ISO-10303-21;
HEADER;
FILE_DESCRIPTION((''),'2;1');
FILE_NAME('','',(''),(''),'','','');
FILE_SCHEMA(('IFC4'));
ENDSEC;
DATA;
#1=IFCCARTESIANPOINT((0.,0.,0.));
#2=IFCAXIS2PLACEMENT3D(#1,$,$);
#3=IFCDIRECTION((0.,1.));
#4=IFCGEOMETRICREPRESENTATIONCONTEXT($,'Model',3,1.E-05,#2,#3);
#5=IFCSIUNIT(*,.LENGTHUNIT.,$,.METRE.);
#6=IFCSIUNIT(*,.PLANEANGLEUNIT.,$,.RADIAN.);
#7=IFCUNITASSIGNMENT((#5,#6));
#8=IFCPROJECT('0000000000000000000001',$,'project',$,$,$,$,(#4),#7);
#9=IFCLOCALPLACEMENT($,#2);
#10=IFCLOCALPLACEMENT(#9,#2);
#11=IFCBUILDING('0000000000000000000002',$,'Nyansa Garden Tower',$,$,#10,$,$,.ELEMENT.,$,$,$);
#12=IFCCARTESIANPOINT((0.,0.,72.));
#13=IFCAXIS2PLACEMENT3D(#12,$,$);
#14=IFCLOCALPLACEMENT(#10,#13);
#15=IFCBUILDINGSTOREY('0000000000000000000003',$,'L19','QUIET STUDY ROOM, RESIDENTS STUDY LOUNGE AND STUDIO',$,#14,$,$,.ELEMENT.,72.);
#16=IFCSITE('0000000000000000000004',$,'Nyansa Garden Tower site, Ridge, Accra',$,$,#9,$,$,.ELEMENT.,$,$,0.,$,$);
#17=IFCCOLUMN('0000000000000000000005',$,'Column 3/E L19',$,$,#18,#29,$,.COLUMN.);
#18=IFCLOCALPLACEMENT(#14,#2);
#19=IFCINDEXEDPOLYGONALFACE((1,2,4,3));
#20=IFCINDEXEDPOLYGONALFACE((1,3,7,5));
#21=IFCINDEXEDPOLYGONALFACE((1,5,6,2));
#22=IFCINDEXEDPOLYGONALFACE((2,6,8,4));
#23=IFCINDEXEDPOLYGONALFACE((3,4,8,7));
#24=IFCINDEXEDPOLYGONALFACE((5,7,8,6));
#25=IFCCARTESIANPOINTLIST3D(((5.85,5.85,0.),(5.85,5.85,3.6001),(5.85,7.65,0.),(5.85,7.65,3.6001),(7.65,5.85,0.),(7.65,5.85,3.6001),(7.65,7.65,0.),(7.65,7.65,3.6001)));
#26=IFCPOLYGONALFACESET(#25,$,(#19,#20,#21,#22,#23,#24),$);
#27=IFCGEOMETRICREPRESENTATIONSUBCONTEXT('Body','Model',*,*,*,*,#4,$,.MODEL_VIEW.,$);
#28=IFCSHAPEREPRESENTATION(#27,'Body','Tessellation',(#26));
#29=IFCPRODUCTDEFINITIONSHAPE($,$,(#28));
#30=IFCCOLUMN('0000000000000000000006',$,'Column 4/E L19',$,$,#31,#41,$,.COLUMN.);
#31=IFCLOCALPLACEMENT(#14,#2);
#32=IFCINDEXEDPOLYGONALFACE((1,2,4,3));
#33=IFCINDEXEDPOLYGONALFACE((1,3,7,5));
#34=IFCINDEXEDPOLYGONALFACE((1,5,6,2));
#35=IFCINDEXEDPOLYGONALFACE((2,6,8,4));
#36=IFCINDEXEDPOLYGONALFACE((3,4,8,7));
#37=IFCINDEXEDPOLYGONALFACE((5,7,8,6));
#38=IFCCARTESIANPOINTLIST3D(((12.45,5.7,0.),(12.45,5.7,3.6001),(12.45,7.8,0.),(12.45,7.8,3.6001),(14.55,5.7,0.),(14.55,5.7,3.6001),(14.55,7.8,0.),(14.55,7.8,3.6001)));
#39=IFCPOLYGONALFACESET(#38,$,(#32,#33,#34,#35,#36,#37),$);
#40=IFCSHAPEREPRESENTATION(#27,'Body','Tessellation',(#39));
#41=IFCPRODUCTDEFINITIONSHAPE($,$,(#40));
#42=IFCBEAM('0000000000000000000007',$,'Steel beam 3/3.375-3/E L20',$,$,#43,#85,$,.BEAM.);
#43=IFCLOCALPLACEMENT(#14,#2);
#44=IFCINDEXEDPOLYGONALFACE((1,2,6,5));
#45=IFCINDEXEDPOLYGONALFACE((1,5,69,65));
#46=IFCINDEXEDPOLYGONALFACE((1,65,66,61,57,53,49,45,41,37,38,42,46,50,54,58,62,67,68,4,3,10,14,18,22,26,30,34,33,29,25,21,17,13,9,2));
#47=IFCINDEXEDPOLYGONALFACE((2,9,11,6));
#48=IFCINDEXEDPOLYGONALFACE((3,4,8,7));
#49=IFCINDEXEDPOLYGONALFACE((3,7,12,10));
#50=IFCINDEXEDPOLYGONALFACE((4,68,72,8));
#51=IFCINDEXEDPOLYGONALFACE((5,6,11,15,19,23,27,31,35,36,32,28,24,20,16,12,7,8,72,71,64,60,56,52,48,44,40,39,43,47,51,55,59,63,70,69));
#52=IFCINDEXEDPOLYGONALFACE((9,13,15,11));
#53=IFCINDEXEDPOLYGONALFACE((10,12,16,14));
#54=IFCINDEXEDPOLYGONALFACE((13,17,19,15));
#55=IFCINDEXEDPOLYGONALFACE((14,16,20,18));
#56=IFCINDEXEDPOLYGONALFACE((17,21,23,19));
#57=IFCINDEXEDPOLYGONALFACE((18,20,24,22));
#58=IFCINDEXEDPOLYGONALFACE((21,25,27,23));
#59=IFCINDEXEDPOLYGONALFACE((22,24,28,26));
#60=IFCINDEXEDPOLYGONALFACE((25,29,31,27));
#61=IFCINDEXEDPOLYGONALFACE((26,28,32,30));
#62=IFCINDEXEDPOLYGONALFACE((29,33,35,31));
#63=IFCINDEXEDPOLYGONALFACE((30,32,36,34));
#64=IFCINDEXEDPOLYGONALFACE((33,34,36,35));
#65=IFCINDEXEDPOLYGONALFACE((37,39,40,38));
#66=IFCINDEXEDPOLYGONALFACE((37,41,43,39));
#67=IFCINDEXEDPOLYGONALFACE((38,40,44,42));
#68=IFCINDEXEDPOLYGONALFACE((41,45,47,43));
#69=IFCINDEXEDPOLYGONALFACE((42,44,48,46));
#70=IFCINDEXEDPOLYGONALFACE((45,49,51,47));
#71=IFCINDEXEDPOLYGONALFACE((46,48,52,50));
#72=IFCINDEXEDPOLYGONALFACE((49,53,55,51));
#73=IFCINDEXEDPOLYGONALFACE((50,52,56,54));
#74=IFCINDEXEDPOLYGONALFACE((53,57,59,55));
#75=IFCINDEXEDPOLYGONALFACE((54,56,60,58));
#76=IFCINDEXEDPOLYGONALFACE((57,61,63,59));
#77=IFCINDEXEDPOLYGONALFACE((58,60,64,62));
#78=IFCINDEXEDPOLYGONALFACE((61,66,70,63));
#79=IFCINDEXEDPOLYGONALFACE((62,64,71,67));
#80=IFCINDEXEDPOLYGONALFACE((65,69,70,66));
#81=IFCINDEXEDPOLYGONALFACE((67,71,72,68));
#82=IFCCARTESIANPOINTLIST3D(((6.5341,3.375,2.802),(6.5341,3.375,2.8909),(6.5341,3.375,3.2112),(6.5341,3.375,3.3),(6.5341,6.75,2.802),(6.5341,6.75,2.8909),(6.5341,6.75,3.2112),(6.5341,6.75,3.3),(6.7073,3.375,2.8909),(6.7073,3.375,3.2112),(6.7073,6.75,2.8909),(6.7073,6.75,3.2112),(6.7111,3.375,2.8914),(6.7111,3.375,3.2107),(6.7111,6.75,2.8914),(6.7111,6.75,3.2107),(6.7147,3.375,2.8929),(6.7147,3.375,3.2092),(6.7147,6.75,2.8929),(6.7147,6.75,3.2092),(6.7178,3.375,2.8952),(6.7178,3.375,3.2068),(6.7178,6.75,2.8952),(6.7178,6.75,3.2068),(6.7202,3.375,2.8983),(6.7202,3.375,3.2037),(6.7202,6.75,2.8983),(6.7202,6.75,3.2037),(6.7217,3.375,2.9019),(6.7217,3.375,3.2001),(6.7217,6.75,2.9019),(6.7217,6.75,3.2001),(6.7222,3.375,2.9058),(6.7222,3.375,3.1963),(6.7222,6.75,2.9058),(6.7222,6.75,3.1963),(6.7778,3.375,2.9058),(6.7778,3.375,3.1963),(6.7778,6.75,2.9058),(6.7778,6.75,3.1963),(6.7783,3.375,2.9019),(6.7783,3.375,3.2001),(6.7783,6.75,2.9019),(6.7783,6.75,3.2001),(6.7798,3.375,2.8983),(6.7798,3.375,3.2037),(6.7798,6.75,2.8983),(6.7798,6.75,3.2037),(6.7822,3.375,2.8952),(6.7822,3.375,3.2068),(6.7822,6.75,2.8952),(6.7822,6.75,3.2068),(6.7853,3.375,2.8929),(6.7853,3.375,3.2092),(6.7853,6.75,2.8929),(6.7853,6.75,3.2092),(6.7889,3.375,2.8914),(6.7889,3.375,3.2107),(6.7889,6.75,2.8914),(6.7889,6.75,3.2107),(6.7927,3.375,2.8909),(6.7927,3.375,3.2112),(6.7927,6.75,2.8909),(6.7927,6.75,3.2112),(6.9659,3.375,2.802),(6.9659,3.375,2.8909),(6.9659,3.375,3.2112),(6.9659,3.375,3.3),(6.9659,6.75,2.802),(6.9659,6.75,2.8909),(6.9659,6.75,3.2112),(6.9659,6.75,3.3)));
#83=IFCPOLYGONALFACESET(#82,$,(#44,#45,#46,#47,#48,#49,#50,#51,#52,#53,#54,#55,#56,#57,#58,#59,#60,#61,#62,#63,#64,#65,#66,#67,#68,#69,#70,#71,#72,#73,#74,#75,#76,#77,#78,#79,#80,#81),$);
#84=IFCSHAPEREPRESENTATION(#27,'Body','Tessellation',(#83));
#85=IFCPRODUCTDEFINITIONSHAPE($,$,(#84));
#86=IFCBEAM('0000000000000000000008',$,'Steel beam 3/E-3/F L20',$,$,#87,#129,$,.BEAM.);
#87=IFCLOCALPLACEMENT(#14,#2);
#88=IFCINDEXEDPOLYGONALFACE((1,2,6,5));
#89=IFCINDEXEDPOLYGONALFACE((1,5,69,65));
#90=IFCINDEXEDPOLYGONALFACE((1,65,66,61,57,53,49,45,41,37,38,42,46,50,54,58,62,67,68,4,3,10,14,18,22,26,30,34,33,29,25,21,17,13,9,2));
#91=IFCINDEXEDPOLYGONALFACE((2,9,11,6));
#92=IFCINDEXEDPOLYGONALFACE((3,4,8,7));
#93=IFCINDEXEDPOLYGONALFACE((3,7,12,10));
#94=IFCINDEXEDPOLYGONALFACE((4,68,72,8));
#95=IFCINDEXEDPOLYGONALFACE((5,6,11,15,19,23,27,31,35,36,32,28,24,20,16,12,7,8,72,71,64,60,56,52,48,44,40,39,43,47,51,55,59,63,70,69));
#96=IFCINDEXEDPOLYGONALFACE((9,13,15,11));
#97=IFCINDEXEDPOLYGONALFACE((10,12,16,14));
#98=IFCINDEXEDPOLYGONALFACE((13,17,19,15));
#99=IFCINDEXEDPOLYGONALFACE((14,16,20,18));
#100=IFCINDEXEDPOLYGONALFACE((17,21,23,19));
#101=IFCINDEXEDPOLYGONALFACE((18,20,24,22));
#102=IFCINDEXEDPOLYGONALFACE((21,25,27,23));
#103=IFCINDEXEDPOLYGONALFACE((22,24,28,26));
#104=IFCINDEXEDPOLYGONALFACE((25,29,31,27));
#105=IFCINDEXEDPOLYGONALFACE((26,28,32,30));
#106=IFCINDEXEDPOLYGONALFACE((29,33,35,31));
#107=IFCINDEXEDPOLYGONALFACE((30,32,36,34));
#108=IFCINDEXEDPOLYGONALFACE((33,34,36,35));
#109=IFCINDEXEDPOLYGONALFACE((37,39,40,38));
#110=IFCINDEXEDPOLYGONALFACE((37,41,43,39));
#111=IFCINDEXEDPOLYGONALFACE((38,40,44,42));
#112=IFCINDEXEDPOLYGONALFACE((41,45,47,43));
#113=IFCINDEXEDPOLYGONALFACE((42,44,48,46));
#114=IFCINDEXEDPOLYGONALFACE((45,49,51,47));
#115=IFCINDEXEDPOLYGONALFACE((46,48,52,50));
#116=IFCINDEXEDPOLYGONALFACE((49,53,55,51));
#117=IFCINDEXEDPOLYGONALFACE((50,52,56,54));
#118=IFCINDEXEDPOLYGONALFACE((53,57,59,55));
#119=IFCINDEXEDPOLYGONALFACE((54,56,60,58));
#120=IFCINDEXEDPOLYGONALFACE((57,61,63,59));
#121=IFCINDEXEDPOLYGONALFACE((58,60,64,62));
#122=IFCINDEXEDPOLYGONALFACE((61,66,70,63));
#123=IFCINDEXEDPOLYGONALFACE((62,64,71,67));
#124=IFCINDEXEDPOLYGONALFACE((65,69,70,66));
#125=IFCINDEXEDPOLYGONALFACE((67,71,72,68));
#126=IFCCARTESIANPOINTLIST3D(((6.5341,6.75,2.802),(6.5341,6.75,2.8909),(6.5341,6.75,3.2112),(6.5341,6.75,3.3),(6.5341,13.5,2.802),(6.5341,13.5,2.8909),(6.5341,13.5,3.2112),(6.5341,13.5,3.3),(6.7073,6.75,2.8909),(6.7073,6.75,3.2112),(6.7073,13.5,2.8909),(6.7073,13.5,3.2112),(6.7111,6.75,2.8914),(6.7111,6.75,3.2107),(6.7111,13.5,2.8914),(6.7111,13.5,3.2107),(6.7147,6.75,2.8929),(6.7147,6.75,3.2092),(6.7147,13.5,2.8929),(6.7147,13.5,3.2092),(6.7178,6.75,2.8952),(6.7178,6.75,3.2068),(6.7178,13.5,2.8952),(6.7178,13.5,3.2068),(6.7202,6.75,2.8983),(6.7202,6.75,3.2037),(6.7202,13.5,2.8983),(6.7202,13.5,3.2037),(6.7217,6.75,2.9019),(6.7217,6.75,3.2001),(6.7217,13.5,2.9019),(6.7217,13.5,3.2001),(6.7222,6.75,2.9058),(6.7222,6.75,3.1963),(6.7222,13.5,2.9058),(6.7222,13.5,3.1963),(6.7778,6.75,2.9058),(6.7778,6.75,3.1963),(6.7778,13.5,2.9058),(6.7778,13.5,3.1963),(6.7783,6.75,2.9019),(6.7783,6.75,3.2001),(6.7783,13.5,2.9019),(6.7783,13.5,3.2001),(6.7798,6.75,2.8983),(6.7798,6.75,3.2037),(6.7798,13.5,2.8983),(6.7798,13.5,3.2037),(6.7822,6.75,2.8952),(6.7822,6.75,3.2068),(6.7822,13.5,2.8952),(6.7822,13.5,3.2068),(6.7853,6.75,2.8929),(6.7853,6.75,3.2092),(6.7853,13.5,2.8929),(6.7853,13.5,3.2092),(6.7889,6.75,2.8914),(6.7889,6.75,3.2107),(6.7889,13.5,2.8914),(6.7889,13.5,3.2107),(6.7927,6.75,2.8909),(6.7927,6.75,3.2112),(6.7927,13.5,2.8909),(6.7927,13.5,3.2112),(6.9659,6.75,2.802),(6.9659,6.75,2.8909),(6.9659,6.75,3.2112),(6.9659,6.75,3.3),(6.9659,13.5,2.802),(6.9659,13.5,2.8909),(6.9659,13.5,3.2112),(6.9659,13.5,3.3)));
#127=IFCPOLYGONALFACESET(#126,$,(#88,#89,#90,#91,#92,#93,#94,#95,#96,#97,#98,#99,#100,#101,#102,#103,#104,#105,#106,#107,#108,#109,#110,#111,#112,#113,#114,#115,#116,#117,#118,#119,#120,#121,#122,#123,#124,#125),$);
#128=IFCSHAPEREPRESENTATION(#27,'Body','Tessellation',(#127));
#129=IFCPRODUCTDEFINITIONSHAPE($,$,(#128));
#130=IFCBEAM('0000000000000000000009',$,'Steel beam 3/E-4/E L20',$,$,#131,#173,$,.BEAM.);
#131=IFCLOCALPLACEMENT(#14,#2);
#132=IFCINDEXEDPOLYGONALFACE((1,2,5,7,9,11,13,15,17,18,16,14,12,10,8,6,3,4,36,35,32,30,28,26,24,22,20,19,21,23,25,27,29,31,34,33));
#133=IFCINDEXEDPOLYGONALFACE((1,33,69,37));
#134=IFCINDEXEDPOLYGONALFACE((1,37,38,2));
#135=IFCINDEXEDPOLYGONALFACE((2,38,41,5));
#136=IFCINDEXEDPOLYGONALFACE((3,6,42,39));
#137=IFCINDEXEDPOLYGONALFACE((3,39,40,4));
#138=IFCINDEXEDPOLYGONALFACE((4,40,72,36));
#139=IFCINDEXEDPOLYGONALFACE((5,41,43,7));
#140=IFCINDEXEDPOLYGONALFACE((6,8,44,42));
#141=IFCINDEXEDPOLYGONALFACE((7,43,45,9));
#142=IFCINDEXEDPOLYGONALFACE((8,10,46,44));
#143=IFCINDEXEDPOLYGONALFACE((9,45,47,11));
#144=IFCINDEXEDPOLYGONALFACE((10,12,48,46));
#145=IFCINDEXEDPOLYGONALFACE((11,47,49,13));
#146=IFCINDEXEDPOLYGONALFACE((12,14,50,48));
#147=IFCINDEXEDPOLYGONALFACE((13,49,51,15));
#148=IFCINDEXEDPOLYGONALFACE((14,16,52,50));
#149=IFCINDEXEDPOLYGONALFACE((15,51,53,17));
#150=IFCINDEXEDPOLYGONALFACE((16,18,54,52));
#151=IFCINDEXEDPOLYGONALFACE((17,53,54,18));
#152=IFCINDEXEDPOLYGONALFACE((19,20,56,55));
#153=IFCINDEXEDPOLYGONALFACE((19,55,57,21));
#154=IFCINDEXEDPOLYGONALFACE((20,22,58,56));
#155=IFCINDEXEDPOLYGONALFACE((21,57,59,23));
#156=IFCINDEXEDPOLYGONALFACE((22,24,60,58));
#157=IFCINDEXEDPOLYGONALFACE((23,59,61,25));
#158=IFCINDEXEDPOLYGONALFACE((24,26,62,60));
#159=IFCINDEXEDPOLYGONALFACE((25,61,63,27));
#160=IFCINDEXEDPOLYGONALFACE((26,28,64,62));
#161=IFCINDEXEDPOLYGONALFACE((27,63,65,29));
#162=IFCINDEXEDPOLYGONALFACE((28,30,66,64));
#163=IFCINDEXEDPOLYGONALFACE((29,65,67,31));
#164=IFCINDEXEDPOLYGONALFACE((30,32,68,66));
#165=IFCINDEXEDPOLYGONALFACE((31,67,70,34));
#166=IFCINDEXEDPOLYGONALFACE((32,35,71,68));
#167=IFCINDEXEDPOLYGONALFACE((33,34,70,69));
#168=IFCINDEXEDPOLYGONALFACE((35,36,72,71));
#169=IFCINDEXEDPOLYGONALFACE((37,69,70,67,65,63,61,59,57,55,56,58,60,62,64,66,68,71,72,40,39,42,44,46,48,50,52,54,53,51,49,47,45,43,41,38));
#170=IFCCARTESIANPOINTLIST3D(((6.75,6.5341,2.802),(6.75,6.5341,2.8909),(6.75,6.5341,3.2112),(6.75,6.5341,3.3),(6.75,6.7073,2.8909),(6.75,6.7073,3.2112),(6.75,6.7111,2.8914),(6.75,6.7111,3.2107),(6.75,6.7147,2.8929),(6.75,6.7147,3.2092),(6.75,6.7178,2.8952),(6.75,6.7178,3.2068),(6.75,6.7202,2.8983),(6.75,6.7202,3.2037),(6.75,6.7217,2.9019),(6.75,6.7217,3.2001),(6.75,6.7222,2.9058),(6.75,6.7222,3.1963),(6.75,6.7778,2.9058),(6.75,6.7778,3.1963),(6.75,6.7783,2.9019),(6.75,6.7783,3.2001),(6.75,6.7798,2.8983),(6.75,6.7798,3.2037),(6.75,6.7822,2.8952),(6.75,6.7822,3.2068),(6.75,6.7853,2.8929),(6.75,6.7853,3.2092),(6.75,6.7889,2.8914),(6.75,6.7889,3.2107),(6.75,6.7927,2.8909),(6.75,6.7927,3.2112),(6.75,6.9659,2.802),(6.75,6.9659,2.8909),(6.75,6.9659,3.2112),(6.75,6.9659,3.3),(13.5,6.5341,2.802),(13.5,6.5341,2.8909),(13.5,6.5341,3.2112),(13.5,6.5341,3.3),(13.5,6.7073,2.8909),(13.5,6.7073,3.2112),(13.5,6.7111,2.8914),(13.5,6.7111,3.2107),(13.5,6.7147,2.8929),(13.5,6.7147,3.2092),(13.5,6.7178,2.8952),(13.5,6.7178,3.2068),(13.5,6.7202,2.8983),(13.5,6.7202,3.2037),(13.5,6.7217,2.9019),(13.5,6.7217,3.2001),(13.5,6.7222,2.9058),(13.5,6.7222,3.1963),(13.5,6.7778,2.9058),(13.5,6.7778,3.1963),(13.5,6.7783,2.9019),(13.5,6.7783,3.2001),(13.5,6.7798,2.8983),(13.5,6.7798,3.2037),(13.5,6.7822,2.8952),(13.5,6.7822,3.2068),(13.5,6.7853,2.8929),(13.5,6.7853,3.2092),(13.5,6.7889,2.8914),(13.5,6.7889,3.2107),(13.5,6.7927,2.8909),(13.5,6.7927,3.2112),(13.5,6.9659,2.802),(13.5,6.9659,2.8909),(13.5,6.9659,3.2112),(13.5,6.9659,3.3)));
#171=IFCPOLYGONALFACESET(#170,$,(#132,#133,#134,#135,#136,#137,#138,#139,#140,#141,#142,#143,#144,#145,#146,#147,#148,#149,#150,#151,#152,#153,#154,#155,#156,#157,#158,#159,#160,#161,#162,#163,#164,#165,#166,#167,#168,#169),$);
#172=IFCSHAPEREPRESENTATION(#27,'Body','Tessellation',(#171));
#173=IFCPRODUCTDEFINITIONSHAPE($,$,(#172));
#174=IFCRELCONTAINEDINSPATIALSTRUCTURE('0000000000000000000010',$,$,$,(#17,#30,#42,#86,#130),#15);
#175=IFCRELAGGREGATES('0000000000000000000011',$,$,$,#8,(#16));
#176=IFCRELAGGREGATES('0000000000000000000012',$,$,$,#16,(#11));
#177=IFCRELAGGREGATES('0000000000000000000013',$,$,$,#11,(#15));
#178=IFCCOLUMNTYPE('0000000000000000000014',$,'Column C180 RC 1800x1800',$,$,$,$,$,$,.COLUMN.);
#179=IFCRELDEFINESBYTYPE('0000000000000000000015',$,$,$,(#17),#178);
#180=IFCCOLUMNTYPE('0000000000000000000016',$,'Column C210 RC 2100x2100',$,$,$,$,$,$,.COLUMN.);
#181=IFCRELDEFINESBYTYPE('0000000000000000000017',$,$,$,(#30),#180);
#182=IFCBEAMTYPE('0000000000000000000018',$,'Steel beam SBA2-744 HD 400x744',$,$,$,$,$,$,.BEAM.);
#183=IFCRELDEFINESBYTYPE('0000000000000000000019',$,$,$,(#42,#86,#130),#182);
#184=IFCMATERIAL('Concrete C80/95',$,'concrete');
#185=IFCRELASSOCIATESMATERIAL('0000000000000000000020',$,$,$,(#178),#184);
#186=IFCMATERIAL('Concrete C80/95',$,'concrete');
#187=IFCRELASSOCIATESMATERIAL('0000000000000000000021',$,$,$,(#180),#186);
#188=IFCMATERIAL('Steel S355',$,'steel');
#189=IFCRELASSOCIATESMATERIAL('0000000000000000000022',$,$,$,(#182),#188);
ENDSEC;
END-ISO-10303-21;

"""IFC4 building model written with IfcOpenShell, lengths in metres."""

from ifc_helpers import new_model, si_unit, direction, frame, origin, origin_2d, place, context, subcontext, project, spatial, rectangle, i_section, extrude, material, material_profile, profile_set, type_object, element, save


model = new_model("IFC4")

# Units and contexts
model_context = context("Model", 3, precision=1e-05, world=origin(), true_north=direction((0.0, 1.0)))
body_context = subcontext(model_context, "Body", "Model", "MODEL_VIEW")
ifc_project = project(units=[si_unit("LENGTHUNIT", "METRE"), si_unit("PLANEANGLEUNIT", "RADIAN")], contexts=[model_context])

# Site, building, storey
site_placement = place(None, origin())
site = spatial("IfcSite", under=ifc_project, at=site_placement, Name="Nyansa Garden Tower site, Ridge, Accra", CompositionType="ELEMENT", RefElevation=0.0)
building_placement = place(site_placement, origin())
building = spatial("IfcBuilding", under=site, at=building_placement, Name="Nyansa Garden Tower", CompositionType="ELEMENT")
storey_placement = place(building_placement, frame((0.0, 0.0, 72.0)))
storey = spatial("IfcBuildingStorey", under=building, at=storey_placement, Name="L19", Description="QUIET STUDY ROOM, RESIDENTS STUDY LOUNGE AND STUDIO", CompositionType="ELEMENT", Elevation=72.0)

# Columns
ifc_material_1 = material(Name="Concrete C80/95", Category="concrete")
ifc_material_profile_1 = material_profile(ifc_material_1, rectangle(XDim=1.8, YDim=1.8, at=origin_2d()), Name="RC 1800x1800")
ifc_profile_set_1 = profile_set([ifc_material_profile_1], Name="Concrete C80/95")
column_type_1 = type_object("IfcColumnType", Name="Column C180 RC 1800x1800", PredefinedType="COLUMN", material=ifc_profile_set_1)
column_1_placement = place(storey_placement, frame((6.75, 6.75, 0.0), z_axis=(0.0, 0.0, 1.0), x_axis=(1.0, 0.0, 0.0)))
element("IfcColumn", 1, at=column_1_placement, inside=storey, type_object=column_type_1, Name="Column 3/E L19", PredefinedType="COLUMN", context=body_context, shape_type="SweptSolid", body=[
    extrude(rectangle(XDim=1.8, YDim=1.8, at=origin_2d()), origin(), (0.0, 0.0, 1.0), 3.6001),
])
ifc_material_2 = material(Name="Concrete C80/95", Category="concrete")
ifc_material_profile_2 = material_profile(ifc_material_2, rectangle(XDim=2.1001, YDim=2.1001, at=origin_2d()), Name="RC 2100x2100")
ifc_profile_set_2 = profile_set([ifc_material_profile_2], Name="Concrete C80/95")
column_type_2 = type_object("IfcColumnType", Name="Column C210 RC 2100x2100", PredefinedType="COLUMN", material=ifc_profile_set_2)
column_2_placement = place(storey_placement, frame((13.5, 6.75, 0.0), z_axis=(0.0, 0.0, 1.0), x_axis=(1.0, 0.0, 0.0)))
element("IfcColumn", 2, at=column_2_placement, inside=storey, type_object=column_type_2, Name="Column 4/E L19", PredefinedType="COLUMN", context=body_context, shape_type="SweptSolid", body=[
    extrude(rectangle(XDim=2.1001, YDim=2.1001, at=origin_2d()), origin(), (0.0, 0.0, 1.0), 3.6001),
])

# Beams
ifc_material_3 = material(Name="Steel S355", Category="steel")
ifc_material_profile_3 = material_profile(ifc_material_3, i_section(OverallWidth=0.4319, OverallDepth=0.498, WebThickness=0.0557, FlangeThickness=0.0889, FilletRadius=0.0149, at=origin_2d()), Name="HD 400x744")
ifc_profile_set_3 = profile_set([ifc_material_profile_3], Name="Steel S355")
beam_type_1 = type_object("IfcBeamType", Name="Steel beam SBA2-744 HD 400x744", PredefinedType="BEAM", material=ifc_profile_set_3)
beam_1_placement = place(storey_placement, frame((6.75, 3.375, 3.051), z_axis=(0.0, 1.0, 0.0), x_axis=(-1.0, 0.0, 0.0)))
element("IfcBeam", 3, at=beam_1_placement, inside=storey, type_object=beam_type_1, Name="Steel beam 3/3.375-3/E L20", PredefinedType="BEAM", context=body_context, shape_type="SweptSolid", body=[
    extrude(i_section(OverallWidth=0.4319, OverallDepth=0.498, WebThickness=0.0557, FlangeThickness=0.0889, FilletRadius=0.0149, at=origin_2d()), origin(), (0.0, 0.0, 1.0), 3.375),
])
for number, where, z_axis, x_axis, name in (
    (4, (6.75, 6.75, 3.051), (0.0, 1.0, 0.0), (-1.0, 0.0, 0.0), "Steel beam 3/E-3/F L20"),
    (5, (6.75, 6.75, 3.051), (1.0, 0.0, 0.0), (0.0, 1.0, 0.0), "Steel beam 3/E-4/E L20"),
):
    element("IfcBeam", number, at=place(storey_placement, frame(where, z_axis=z_axis, x_axis=x_axis)), inside=storey, type_object=beam_type_1, Name=name, PredefinedType="BEAM", context=body_context, shape_type="SweptSolid", body=[
        extrude(i_section(OverallWidth=0.4319, OverallDepth=0.498, WebThickness=0.0557, FlangeThickness=0.0889, FilletRadius=0.0149, at=origin_2d()), origin(), (0.0, 0.0, 1.0), 6.75),
    ])

save(model, "model.ifc")
